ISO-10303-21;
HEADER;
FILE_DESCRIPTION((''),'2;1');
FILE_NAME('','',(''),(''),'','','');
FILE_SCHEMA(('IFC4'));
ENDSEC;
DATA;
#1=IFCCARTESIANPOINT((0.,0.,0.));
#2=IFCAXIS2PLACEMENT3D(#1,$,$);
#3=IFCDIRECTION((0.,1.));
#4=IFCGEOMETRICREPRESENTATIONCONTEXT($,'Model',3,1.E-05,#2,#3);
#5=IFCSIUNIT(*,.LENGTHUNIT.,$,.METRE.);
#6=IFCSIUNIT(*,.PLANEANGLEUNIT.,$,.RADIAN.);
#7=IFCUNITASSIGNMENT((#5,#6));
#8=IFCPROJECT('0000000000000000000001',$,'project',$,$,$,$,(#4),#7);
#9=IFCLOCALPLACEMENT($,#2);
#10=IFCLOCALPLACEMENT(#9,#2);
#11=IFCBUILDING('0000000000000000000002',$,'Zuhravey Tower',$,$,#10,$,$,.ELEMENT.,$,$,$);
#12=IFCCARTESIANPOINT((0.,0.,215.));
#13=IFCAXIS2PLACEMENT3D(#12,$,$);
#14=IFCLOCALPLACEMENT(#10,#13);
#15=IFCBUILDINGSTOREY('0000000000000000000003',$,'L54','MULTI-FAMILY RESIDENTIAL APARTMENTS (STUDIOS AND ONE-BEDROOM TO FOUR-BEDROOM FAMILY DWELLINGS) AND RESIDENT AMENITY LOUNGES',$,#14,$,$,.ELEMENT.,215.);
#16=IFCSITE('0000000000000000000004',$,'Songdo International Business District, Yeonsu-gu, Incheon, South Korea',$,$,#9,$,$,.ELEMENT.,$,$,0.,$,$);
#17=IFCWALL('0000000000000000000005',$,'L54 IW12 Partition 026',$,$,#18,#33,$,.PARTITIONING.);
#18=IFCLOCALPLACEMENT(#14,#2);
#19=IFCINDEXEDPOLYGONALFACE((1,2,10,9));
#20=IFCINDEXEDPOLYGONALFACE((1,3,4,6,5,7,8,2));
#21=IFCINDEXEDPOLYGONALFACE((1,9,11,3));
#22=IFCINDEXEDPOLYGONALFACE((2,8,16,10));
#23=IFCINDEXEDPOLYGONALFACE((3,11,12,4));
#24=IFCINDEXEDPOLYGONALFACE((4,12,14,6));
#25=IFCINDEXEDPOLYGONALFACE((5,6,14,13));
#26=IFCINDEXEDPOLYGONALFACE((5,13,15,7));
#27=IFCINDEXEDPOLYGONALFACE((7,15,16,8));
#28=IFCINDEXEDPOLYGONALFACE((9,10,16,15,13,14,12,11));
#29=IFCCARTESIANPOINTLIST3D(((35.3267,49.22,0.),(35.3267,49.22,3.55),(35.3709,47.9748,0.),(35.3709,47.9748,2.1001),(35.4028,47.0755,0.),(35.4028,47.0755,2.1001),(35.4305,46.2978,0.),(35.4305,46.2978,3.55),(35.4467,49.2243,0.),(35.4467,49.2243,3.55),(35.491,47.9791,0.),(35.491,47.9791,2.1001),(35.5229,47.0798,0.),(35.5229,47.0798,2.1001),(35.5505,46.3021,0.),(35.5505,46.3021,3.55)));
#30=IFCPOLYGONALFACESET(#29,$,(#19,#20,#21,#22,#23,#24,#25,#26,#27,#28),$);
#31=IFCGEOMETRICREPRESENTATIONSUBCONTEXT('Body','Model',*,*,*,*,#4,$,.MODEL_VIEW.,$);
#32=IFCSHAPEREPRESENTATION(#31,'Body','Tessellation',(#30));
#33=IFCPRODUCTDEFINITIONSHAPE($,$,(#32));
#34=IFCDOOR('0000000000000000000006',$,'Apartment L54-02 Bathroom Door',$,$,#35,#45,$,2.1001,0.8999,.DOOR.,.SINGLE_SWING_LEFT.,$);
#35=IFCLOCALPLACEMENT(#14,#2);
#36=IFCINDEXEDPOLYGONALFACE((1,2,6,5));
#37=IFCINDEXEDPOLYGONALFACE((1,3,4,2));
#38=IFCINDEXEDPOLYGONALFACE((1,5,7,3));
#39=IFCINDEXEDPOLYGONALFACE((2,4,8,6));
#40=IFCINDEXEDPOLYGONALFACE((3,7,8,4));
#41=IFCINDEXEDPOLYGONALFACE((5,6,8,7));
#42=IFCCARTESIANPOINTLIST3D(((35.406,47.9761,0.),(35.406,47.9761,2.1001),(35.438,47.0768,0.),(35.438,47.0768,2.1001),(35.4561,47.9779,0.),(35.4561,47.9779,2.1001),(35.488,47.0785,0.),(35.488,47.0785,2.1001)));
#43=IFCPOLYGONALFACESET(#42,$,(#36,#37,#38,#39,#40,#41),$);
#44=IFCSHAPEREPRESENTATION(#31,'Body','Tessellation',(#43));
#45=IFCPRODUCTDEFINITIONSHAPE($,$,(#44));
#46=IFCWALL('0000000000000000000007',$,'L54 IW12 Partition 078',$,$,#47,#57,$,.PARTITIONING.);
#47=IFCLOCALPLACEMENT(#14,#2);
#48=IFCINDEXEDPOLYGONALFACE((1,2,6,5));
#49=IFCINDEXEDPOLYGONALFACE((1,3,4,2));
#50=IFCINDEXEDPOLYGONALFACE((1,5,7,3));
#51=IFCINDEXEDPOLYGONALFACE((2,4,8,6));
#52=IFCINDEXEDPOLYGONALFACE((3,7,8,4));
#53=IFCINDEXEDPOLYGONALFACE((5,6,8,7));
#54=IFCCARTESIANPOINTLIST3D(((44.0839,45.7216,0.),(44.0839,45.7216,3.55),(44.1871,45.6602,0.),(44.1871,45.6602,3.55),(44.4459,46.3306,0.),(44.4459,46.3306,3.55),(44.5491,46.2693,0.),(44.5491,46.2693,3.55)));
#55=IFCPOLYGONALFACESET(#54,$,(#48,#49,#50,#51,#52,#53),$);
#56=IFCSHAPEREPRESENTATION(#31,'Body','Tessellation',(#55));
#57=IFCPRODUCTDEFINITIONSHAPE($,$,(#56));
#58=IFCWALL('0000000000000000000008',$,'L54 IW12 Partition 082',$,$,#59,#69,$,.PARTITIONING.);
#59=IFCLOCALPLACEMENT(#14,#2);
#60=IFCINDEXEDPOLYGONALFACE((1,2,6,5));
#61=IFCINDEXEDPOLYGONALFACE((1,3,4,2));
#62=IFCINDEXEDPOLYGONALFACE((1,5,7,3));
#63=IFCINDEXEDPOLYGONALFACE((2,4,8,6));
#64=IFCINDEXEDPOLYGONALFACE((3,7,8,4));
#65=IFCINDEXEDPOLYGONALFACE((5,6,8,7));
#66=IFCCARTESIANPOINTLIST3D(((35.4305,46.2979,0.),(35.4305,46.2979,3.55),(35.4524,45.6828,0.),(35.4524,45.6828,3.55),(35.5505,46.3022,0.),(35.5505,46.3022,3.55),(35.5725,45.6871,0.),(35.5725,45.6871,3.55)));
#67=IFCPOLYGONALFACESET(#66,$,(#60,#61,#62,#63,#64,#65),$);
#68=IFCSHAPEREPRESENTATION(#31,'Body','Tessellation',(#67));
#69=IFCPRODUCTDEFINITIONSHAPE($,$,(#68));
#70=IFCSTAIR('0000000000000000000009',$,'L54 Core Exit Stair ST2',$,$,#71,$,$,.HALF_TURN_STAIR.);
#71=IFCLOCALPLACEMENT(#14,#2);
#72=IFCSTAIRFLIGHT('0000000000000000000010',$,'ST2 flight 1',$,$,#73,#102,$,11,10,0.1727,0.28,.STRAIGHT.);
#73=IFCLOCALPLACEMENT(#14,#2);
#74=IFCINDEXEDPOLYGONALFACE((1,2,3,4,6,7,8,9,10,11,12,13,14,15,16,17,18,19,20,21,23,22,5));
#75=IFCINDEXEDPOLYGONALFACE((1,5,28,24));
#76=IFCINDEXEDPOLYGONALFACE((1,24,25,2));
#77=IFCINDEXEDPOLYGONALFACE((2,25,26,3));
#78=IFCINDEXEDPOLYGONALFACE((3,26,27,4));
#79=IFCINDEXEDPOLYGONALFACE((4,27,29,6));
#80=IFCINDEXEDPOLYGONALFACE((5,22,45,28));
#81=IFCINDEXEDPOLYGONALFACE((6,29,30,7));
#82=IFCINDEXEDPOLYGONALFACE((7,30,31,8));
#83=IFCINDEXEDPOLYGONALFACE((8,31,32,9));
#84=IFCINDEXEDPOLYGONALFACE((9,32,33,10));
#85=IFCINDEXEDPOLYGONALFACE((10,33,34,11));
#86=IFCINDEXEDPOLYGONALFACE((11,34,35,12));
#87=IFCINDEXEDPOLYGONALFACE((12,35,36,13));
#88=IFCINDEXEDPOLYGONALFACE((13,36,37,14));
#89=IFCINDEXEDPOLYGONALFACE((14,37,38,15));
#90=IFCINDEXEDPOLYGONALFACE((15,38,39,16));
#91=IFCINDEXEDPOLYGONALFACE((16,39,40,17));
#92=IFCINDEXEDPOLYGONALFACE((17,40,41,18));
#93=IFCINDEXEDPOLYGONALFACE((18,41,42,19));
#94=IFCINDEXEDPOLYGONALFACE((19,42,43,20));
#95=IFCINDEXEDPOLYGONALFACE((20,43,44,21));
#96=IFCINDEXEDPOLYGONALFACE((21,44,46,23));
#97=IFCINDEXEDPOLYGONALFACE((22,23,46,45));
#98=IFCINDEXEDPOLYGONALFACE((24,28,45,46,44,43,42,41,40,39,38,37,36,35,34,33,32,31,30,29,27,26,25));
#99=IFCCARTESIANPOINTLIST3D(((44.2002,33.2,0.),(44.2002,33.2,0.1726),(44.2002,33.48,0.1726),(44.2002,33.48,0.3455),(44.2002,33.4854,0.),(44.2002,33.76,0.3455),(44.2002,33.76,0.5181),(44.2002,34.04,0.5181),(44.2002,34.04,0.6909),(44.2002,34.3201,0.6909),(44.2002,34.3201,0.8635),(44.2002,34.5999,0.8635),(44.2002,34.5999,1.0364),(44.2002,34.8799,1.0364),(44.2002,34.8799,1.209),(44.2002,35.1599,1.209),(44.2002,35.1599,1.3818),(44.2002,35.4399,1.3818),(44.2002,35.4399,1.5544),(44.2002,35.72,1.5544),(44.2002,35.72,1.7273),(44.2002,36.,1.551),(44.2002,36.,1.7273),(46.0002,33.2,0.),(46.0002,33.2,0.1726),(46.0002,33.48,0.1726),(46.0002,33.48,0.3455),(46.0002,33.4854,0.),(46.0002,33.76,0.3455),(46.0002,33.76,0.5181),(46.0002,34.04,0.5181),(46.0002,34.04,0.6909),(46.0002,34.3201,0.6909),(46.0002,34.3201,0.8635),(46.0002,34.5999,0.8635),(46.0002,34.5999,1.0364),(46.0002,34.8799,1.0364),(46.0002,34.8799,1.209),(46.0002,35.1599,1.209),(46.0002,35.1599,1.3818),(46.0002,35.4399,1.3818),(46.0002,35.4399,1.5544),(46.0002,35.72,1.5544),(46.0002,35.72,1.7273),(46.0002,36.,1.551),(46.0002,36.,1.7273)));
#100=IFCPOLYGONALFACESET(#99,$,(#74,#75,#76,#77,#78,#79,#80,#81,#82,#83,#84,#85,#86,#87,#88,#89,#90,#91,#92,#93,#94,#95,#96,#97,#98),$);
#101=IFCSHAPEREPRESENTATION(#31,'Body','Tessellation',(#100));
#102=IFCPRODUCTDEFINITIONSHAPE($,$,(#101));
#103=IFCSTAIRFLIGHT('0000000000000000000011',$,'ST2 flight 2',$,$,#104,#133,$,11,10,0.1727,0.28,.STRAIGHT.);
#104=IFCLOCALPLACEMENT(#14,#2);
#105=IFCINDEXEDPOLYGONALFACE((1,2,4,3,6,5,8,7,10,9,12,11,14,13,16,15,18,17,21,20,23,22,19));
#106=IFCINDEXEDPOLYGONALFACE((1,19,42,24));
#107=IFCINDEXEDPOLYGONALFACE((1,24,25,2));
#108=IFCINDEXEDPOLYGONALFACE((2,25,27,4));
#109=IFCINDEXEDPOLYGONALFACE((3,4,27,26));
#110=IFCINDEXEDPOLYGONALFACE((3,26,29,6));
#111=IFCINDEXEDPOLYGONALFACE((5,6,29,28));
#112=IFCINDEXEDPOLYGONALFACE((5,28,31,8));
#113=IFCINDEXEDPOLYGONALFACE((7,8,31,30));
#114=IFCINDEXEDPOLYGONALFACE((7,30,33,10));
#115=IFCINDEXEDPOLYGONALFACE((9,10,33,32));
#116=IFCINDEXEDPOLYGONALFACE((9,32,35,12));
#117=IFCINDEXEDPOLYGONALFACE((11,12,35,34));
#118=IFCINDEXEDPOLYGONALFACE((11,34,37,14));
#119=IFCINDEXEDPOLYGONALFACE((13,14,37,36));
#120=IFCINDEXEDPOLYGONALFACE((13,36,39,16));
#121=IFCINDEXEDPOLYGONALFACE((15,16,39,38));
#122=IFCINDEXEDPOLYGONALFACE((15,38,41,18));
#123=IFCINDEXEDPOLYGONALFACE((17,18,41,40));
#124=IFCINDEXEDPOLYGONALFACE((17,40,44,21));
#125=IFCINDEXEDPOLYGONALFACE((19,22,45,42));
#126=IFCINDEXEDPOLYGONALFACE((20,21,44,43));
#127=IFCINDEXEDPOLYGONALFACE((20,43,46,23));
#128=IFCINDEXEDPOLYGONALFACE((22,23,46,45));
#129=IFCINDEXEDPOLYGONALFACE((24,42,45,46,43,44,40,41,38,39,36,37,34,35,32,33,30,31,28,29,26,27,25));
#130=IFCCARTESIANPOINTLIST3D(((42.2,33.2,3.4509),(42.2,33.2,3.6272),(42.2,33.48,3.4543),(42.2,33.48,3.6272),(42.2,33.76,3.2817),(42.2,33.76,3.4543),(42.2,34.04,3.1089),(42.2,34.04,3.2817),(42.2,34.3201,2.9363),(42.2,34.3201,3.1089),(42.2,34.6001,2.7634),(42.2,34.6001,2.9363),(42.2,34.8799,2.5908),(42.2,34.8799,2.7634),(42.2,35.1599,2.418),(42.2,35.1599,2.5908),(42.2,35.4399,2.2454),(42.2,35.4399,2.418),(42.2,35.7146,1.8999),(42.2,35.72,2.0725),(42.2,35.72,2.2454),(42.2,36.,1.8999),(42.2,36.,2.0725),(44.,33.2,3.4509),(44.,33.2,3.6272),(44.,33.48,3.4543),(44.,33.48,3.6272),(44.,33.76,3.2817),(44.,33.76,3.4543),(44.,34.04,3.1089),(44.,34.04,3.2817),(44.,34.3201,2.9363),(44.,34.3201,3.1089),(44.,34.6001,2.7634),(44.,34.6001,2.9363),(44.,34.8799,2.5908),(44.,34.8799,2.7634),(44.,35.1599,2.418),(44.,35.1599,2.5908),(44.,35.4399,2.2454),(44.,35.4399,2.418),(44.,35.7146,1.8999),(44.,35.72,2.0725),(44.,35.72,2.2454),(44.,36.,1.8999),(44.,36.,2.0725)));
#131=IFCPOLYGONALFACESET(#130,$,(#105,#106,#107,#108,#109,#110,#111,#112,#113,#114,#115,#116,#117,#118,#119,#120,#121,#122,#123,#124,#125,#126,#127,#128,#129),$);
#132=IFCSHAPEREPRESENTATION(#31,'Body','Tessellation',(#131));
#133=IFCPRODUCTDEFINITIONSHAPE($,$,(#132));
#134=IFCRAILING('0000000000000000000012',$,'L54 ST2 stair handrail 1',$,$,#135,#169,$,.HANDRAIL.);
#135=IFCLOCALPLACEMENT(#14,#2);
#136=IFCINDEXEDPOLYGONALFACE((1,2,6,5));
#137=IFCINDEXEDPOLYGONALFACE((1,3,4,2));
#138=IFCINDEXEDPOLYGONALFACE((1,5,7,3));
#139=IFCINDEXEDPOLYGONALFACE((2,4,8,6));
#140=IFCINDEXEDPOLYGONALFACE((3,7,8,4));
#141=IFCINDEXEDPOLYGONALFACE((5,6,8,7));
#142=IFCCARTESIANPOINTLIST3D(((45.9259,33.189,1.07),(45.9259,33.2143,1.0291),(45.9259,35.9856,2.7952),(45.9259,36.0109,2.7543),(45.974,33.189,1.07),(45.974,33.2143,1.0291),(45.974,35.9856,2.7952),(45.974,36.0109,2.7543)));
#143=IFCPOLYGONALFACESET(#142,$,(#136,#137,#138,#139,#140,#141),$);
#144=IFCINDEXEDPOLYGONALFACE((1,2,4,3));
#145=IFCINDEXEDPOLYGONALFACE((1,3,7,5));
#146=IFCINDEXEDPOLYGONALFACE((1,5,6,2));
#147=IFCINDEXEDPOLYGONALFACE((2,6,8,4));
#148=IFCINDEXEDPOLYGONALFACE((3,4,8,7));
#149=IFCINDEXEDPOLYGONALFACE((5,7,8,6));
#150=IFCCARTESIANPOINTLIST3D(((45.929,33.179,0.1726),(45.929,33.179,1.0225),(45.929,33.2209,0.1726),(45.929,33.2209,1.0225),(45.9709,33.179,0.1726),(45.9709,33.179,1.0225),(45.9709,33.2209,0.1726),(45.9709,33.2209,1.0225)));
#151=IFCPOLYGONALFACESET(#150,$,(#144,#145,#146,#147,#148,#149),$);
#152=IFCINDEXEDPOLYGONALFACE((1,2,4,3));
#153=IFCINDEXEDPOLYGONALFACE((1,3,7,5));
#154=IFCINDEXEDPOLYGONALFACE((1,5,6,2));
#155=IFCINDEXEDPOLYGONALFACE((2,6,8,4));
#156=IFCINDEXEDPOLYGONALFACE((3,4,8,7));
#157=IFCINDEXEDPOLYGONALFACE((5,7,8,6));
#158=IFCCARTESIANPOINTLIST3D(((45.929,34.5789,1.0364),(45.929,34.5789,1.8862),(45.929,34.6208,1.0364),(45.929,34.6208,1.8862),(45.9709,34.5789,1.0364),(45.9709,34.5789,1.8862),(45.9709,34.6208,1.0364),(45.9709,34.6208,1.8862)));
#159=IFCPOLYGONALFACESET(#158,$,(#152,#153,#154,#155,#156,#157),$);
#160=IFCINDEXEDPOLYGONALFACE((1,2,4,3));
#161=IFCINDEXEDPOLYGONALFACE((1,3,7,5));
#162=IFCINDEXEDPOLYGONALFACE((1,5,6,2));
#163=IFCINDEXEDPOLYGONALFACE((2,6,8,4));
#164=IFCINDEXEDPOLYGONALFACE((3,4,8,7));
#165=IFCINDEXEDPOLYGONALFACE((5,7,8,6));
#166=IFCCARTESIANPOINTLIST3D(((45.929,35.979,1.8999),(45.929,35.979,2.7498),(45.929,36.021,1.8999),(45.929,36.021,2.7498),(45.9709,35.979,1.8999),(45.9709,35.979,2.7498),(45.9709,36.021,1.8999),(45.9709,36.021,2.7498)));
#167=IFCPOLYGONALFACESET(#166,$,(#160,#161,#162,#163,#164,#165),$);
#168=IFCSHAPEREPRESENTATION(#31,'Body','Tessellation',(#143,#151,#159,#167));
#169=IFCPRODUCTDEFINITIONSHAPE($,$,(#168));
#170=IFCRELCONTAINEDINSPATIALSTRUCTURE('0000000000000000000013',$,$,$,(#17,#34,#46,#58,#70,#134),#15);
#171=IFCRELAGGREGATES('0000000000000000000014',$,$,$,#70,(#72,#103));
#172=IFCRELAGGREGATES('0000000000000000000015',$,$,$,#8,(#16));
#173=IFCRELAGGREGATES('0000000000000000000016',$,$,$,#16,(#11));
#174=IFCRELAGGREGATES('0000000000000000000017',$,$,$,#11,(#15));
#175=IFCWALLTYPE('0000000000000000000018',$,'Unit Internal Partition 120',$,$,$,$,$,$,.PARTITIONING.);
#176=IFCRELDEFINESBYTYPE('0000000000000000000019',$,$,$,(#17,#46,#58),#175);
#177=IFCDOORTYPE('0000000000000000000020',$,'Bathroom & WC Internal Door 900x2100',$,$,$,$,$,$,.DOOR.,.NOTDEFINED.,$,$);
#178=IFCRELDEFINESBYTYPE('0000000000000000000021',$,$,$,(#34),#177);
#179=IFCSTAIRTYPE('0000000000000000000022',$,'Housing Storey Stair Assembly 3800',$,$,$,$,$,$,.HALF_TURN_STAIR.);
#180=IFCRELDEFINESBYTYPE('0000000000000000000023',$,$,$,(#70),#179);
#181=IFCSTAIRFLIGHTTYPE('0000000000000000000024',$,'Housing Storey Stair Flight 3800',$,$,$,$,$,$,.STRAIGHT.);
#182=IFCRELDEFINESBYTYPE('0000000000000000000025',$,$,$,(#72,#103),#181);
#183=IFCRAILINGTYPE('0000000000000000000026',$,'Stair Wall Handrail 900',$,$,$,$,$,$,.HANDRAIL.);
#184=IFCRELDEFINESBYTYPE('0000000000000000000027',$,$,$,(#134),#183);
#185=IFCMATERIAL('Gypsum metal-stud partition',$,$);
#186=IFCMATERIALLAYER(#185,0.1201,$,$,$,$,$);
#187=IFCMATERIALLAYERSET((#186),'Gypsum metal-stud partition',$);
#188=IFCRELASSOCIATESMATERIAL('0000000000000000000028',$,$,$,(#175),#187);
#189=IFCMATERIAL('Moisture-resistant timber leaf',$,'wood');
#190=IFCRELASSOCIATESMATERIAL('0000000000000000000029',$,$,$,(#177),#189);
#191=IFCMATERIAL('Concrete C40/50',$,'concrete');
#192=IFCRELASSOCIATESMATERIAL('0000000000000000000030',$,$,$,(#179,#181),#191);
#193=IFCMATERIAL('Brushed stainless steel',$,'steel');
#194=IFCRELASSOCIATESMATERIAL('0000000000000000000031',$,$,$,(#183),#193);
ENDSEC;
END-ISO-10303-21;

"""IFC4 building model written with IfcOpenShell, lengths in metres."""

from ifc_helpers import new_model, si_unit, direction, frame, frame_2d, origin, origin_2d, place, context, subcontext, project, spatial, polyline, rectangle, outline, extrude, material, layer, layer_set, type_object, element, fill, aggregate, save


model = new_model("IFC4")

# Units and contexts
model_context = context("Model", 3, precision=1e-05, world=origin(), true_north=direction((0.0, 1.0)))
body_context = subcontext(model_context, "Body", "Model", "MODEL_VIEW")
ifc_project = project(units=[si_unit("LENGTHUNIT", "METRE"), si_unit("PLANEANGLEUNIT", "RADIAN")], contexts=[model_context])

# Site, building, storey
site_placement = place(None, origin())
site = spatial("IfcSite", under=ifc_project, at=site_placement, Name="Songdo International Business District, Yeonsu-gu, Incheon, South Korea", CompositionType="ELEMENT", RefElevation=0.0)
building_placement = place(site_placement, origin())
building = spatial("IfcBuilding", under=site, at=building_placement, Name="Zuhravey Tower", CompositionType="ELEMENT")
storey_placement = place(building_placement, frame((0.0, 0.0, 215.0)))
storey = spatial("IfcBuildingStorey", under=building, at=storey_placement, Name="L54", Description="MULTI-FAMILY RESIDENTIAL APARTMENTS (STUDIOS AND ONE-BEDROOM TO FOUR-BEDROOM FAMILY DWELLINGS) AND RESIDENT AMENITY LOUNGES", CompositionType="ELEMENT", Elevation=215.0)

# Wall, opening, door
ifc_material_1 = material(Name="Gypsum metal-stud partition")
ifc_layer_1 = layer(ifc_material_1, 0.1201)
ifc_layer_set_1 = layer_set([ifc_layer_1], Name="Gypsum metal-stud partition")
wall_type_1 = type_object("IfcWallType", Name="Unit Internal Partition 120", PredefinedType="PARTITIONING", material=ifc_layer_set_1)
wall_1_placement = place(storey_placement, frame((35.4905, 46.3, 0.0), z_axis=(0.0, 0.0, 1.0), x_axis=(-0.035486, 0.99937, 0.0)))
wall_1 = element("IfcWall", 1, at=wall_1_placement, inside=storey, type_object=wall_type_1, Name="L54 IW12 Partition 026", PredefinedType="PARTITIONING", context=body_context, shape_type="SweptSolid", body=[
    extrude(rectangle(XDim=2.9241, YDim=0.1201, at=frame_2d((1.4619, 0.0))), origin(), (0.0, 0.0, 1.0), 3.55),
])
opening_1_placement = place(wall_1_placement, frame((0.7781, 0.0, 0.0)))
opening_1 = element("IfcOpeningElement", 2, at=opening_1_placement, cuts=wall_1, PredefinedType="OPENING", context=body_context, shape_type="SweptSolid", body=[
    extrude(rectangle(XDim=0.8999, YDim=2.1001, at=frame_2d((0.45, 1.05))), frame((0.0, 0.072, 0.0), z_axis=(0.0, -1.0, 0.0), x_axis=(1.0, 0.0, 0.0)), (0.0, 0.0, 1.0), 0.144),
])
ifc_material_2 = material(Name="Moisture-resistant timber leaf", Category="wood")
door_type_1 = type_object("IfcDoorType", Name="Bathroom & WC Internal Door 900x2100", OperationType="NOTDEFINED", PredefinedType="DOOR", material=ifc_material_2)
door_1_placement = place(opening_1_placement, origin())
door_1 = element("IfcDoor", 3, at=door_1_placement, inside=storey, type_object=door_type_1, Name="Apartment L54-02 Bathroom Door", OperationType="SINGLE_SWING_LEFT", OverallHeight=2.1001, OverallWidth=0.8999, PredefinedType="DOOR", context=body_context, shape_type="SweptSolid", body=[
    extrude(rectangle(XDim=0.8999, YDim=2.1001, at=frame_2d((0.45, 1.05))), frame((0.0, 0.0249, 0.0), z_axis=(0.0, -1.0, 0.0), x_axis=(1.0, 0.0, 0.0)), (0.0, 0.0, 1.0), 0.05),
])
fill(opening_1, door_1)

# Walls
wall_2_placement = place(storey_placement, frame((44.1355, 45.6909, 0.0), z_axis=(0.0, 0.0, 1.0), x_axis=(0.510945, 0.859614, 0.0)))
element("IfcWall", 4, at=wall_2_placement, inside=storey, type_object=wall_type_1, Name="L54 IW12 Partition 078", PredefinedType="PARTITIONING", context=body_context, shape_type="SweptSolid", body=[
    extrude(rectangle(XDim=0.7085, YDim=0.1201, at=frame_2d((0.3542, 0.0))), origin(), (0.0, 0.0, 1.0), 3.55),
])
wall_3_placement = place(storey_placement, frame((35.5125, 45.6851, 0.0), z_axis=(0.0, 0.0, 1.0), x_axis=(-0.035706, 0.999362, 0.0)))
element("IfcWall", 5, at=wall_3_placement, inside=storey, type_object=wall_type_1, Name="L54 IW12 Partition 082", PredefinedType="PARTITIONING", context=body_context, shape_type="SweptSolid", body=[
    extrude(rectangle(XDim=0.6155, YDim=0.1201, at=frame_2d((0.3076, 0.0))), origin(), (0.0, 0.0, 1.0), 3.55),
])

# Stair, stair flights
ifc_material_3 = material(Name="Concrete C40/50", Category="concrete")
stair_type = type_object("IfcStairType", Name="Housing Storey Stair Assembly 3800", PredefinedType="HALF_TURN_STAIR", material=ifc_material_3)
stair_placement = place(storey_placement, origin())
stair = element("IfcStair", 6, at=stair_placement, inside=storey, type_object=stair_type, Name="L54 Core Exit Stair ST2", PredefinedType="HALF_TURN_STAIR")
stair_flight_type = type_object("IfcStairFlightType", Name="Housing Storey Stair Flight 3800", PredefinedType="STRAIGHT", material=ifc_material_3)
stair_flight_1_placement = place(storey_placement, frame((45.1001, 33.2, 0.0), z_axis=(0.0, 0.0, 1.0), x_axis=(0.0, 1.0, 0.0)))
stair_flight_1 = element("IfcStairFlight", 7, at=stair_flight_1_placement, type_object=stair_flight_type, Name="ST2 flight 1", NumberOfRisers=11, NumberOfTreads=10, PredefinedType="STRAIGHT", RiserHeight=0.1727, TreadLength=0.28, context=body_context, shape_type="SweptSolid", body=[
    extrude(outline(polyline([(0.0, 0.0), (0.0, 0.1726), (0.28, 0.1726), (0.28, 0.3455), (0.5601, 0.3455), (0.5601, 0.5181), (0.8401, 0.5181), (0.8401, 0.6909), (1.1201, 0.6909), (1.1201, 0.8635), (1.3999, 0.8635), (1.3999, 1.0364), (1.6799, 1.0364), (1.6799, 1.209), (1.96, 1.209), (1.96, 1.3818), (2.24, 1.3818), (2.24, 1.5544), (2.52, 1.5544), (2.52, 1.7273), (2.8, 1.7273), (2.8, 1.8999), (2.8, 1.551), (0.2854, 0.0), (0.0, 0.0)])), frame((0.0, 0.8999, 0.0), z_axis=(0.0, -1.0, 0.0), x_axis=(1.0, 0.0, 0.0)), (0.0, 0.0, 1.0), 1.8),
])
stair_flight_2_placement = place(storey_placement, frame((43.1001, 36.0, 1.8999), z_axis=(0.0, 0.0, 1.0), x_axis=(0.0, -1.0, 0.0)))
stair_flight_2 = element("IfcStairFlight", 8, at=stair_flight_2_placement, type_object=stair_flight_type, Name="ST2 flight 2", NumberOfRisers=11, NumberOfTreads=10, PredefinedType="STRAIGHT", RiserHeight=0.1727, TreadLength=0.28, context=body_context, shape_type="SweptSolid", body=[
    extrude(outline(polyline([(0.0, 0.0), (0.0, 0.1726), (0.28, 0.1726), (0.28, 0.3455), (0.5601, 0.3455), (0.5601, 0.5181), (0.8401, 0.5181), (0.8401, 0.6909), (1.1201, 0.6909), (1.1201, 0.8635), (1.3999, 0.8635), (1.3999, 1.0364), (1.6799, 1.0364), (1.6799, 1.209), (1.96, 1.209), (1.96, 1.3818), (2.24, 1.3818), (2.24, 1.5544), (2.52, 1.5544), (2.52, 1.7273), (2.8, 1.7273), (2.8, 1.8999), (2.8, 1.551), (0.2854, 0.0), (0.0, 0.0)])), frame((0.0, 0.8999, 0.0), z_axis=(0.0, -1.0, 0.0), x_axis=(1.0, 0.0, 0.0)), (0.0, 0.0, 1.0), 1.8),
])
aggregate(stair, [stair_flight_1, stair_flight_2])

# Railing
ifc_material_4 = material(Name="Brushed stainless steel", Category="steel")
railing_type_1 = type_object("IfcRailingType", Name="Stair Wall Handrail 900", PredefinedType="HANDRAIL", material=ifc_material_4)
railing_1_placement = place(storey_placement, frame((45.95, 33.2, 0.1726)))
element("IfcRailing", 9, at=railing_1_placement, inside=storey, type_object=railing_type_1, Name="L54 ST2 stair handrail 1", PredefinedType="HANDRAIL", context=body_context, shape_type="SweptSolid", body=[
    extrude(rectangle(XDim=0.0481, YDim=0.0481, at=origin_2d()), frame((0.0, 0.0017, 0.877), z_axis=(0.0, 0.85109, 0.52502), x_axis=(-1.0, 0.0, 0.0)), (0.0, 0.0, 1.0), 3.2859),
    extrude(rectangle(XDim=0.042, YDim=0.042, at=origin_2d()), origin(), (0.0, 0.0, 1.0), 0.8499),
    extrude(rectangle(XDim=0.042, YDim=0.042, at=origin_2d()), frame((0.0, 1.3999, 0.8638)), (0.0, 0.0, 1.0), 0.8499),
    extrude(rectangle(XDim=0.042, YDim=0.042, at=origin_2d()), frame((0.0, 2.8, 1.7273)), (0.0, 0.0, 1.0), 0.8499),
])

save(model, "model.ifc")
